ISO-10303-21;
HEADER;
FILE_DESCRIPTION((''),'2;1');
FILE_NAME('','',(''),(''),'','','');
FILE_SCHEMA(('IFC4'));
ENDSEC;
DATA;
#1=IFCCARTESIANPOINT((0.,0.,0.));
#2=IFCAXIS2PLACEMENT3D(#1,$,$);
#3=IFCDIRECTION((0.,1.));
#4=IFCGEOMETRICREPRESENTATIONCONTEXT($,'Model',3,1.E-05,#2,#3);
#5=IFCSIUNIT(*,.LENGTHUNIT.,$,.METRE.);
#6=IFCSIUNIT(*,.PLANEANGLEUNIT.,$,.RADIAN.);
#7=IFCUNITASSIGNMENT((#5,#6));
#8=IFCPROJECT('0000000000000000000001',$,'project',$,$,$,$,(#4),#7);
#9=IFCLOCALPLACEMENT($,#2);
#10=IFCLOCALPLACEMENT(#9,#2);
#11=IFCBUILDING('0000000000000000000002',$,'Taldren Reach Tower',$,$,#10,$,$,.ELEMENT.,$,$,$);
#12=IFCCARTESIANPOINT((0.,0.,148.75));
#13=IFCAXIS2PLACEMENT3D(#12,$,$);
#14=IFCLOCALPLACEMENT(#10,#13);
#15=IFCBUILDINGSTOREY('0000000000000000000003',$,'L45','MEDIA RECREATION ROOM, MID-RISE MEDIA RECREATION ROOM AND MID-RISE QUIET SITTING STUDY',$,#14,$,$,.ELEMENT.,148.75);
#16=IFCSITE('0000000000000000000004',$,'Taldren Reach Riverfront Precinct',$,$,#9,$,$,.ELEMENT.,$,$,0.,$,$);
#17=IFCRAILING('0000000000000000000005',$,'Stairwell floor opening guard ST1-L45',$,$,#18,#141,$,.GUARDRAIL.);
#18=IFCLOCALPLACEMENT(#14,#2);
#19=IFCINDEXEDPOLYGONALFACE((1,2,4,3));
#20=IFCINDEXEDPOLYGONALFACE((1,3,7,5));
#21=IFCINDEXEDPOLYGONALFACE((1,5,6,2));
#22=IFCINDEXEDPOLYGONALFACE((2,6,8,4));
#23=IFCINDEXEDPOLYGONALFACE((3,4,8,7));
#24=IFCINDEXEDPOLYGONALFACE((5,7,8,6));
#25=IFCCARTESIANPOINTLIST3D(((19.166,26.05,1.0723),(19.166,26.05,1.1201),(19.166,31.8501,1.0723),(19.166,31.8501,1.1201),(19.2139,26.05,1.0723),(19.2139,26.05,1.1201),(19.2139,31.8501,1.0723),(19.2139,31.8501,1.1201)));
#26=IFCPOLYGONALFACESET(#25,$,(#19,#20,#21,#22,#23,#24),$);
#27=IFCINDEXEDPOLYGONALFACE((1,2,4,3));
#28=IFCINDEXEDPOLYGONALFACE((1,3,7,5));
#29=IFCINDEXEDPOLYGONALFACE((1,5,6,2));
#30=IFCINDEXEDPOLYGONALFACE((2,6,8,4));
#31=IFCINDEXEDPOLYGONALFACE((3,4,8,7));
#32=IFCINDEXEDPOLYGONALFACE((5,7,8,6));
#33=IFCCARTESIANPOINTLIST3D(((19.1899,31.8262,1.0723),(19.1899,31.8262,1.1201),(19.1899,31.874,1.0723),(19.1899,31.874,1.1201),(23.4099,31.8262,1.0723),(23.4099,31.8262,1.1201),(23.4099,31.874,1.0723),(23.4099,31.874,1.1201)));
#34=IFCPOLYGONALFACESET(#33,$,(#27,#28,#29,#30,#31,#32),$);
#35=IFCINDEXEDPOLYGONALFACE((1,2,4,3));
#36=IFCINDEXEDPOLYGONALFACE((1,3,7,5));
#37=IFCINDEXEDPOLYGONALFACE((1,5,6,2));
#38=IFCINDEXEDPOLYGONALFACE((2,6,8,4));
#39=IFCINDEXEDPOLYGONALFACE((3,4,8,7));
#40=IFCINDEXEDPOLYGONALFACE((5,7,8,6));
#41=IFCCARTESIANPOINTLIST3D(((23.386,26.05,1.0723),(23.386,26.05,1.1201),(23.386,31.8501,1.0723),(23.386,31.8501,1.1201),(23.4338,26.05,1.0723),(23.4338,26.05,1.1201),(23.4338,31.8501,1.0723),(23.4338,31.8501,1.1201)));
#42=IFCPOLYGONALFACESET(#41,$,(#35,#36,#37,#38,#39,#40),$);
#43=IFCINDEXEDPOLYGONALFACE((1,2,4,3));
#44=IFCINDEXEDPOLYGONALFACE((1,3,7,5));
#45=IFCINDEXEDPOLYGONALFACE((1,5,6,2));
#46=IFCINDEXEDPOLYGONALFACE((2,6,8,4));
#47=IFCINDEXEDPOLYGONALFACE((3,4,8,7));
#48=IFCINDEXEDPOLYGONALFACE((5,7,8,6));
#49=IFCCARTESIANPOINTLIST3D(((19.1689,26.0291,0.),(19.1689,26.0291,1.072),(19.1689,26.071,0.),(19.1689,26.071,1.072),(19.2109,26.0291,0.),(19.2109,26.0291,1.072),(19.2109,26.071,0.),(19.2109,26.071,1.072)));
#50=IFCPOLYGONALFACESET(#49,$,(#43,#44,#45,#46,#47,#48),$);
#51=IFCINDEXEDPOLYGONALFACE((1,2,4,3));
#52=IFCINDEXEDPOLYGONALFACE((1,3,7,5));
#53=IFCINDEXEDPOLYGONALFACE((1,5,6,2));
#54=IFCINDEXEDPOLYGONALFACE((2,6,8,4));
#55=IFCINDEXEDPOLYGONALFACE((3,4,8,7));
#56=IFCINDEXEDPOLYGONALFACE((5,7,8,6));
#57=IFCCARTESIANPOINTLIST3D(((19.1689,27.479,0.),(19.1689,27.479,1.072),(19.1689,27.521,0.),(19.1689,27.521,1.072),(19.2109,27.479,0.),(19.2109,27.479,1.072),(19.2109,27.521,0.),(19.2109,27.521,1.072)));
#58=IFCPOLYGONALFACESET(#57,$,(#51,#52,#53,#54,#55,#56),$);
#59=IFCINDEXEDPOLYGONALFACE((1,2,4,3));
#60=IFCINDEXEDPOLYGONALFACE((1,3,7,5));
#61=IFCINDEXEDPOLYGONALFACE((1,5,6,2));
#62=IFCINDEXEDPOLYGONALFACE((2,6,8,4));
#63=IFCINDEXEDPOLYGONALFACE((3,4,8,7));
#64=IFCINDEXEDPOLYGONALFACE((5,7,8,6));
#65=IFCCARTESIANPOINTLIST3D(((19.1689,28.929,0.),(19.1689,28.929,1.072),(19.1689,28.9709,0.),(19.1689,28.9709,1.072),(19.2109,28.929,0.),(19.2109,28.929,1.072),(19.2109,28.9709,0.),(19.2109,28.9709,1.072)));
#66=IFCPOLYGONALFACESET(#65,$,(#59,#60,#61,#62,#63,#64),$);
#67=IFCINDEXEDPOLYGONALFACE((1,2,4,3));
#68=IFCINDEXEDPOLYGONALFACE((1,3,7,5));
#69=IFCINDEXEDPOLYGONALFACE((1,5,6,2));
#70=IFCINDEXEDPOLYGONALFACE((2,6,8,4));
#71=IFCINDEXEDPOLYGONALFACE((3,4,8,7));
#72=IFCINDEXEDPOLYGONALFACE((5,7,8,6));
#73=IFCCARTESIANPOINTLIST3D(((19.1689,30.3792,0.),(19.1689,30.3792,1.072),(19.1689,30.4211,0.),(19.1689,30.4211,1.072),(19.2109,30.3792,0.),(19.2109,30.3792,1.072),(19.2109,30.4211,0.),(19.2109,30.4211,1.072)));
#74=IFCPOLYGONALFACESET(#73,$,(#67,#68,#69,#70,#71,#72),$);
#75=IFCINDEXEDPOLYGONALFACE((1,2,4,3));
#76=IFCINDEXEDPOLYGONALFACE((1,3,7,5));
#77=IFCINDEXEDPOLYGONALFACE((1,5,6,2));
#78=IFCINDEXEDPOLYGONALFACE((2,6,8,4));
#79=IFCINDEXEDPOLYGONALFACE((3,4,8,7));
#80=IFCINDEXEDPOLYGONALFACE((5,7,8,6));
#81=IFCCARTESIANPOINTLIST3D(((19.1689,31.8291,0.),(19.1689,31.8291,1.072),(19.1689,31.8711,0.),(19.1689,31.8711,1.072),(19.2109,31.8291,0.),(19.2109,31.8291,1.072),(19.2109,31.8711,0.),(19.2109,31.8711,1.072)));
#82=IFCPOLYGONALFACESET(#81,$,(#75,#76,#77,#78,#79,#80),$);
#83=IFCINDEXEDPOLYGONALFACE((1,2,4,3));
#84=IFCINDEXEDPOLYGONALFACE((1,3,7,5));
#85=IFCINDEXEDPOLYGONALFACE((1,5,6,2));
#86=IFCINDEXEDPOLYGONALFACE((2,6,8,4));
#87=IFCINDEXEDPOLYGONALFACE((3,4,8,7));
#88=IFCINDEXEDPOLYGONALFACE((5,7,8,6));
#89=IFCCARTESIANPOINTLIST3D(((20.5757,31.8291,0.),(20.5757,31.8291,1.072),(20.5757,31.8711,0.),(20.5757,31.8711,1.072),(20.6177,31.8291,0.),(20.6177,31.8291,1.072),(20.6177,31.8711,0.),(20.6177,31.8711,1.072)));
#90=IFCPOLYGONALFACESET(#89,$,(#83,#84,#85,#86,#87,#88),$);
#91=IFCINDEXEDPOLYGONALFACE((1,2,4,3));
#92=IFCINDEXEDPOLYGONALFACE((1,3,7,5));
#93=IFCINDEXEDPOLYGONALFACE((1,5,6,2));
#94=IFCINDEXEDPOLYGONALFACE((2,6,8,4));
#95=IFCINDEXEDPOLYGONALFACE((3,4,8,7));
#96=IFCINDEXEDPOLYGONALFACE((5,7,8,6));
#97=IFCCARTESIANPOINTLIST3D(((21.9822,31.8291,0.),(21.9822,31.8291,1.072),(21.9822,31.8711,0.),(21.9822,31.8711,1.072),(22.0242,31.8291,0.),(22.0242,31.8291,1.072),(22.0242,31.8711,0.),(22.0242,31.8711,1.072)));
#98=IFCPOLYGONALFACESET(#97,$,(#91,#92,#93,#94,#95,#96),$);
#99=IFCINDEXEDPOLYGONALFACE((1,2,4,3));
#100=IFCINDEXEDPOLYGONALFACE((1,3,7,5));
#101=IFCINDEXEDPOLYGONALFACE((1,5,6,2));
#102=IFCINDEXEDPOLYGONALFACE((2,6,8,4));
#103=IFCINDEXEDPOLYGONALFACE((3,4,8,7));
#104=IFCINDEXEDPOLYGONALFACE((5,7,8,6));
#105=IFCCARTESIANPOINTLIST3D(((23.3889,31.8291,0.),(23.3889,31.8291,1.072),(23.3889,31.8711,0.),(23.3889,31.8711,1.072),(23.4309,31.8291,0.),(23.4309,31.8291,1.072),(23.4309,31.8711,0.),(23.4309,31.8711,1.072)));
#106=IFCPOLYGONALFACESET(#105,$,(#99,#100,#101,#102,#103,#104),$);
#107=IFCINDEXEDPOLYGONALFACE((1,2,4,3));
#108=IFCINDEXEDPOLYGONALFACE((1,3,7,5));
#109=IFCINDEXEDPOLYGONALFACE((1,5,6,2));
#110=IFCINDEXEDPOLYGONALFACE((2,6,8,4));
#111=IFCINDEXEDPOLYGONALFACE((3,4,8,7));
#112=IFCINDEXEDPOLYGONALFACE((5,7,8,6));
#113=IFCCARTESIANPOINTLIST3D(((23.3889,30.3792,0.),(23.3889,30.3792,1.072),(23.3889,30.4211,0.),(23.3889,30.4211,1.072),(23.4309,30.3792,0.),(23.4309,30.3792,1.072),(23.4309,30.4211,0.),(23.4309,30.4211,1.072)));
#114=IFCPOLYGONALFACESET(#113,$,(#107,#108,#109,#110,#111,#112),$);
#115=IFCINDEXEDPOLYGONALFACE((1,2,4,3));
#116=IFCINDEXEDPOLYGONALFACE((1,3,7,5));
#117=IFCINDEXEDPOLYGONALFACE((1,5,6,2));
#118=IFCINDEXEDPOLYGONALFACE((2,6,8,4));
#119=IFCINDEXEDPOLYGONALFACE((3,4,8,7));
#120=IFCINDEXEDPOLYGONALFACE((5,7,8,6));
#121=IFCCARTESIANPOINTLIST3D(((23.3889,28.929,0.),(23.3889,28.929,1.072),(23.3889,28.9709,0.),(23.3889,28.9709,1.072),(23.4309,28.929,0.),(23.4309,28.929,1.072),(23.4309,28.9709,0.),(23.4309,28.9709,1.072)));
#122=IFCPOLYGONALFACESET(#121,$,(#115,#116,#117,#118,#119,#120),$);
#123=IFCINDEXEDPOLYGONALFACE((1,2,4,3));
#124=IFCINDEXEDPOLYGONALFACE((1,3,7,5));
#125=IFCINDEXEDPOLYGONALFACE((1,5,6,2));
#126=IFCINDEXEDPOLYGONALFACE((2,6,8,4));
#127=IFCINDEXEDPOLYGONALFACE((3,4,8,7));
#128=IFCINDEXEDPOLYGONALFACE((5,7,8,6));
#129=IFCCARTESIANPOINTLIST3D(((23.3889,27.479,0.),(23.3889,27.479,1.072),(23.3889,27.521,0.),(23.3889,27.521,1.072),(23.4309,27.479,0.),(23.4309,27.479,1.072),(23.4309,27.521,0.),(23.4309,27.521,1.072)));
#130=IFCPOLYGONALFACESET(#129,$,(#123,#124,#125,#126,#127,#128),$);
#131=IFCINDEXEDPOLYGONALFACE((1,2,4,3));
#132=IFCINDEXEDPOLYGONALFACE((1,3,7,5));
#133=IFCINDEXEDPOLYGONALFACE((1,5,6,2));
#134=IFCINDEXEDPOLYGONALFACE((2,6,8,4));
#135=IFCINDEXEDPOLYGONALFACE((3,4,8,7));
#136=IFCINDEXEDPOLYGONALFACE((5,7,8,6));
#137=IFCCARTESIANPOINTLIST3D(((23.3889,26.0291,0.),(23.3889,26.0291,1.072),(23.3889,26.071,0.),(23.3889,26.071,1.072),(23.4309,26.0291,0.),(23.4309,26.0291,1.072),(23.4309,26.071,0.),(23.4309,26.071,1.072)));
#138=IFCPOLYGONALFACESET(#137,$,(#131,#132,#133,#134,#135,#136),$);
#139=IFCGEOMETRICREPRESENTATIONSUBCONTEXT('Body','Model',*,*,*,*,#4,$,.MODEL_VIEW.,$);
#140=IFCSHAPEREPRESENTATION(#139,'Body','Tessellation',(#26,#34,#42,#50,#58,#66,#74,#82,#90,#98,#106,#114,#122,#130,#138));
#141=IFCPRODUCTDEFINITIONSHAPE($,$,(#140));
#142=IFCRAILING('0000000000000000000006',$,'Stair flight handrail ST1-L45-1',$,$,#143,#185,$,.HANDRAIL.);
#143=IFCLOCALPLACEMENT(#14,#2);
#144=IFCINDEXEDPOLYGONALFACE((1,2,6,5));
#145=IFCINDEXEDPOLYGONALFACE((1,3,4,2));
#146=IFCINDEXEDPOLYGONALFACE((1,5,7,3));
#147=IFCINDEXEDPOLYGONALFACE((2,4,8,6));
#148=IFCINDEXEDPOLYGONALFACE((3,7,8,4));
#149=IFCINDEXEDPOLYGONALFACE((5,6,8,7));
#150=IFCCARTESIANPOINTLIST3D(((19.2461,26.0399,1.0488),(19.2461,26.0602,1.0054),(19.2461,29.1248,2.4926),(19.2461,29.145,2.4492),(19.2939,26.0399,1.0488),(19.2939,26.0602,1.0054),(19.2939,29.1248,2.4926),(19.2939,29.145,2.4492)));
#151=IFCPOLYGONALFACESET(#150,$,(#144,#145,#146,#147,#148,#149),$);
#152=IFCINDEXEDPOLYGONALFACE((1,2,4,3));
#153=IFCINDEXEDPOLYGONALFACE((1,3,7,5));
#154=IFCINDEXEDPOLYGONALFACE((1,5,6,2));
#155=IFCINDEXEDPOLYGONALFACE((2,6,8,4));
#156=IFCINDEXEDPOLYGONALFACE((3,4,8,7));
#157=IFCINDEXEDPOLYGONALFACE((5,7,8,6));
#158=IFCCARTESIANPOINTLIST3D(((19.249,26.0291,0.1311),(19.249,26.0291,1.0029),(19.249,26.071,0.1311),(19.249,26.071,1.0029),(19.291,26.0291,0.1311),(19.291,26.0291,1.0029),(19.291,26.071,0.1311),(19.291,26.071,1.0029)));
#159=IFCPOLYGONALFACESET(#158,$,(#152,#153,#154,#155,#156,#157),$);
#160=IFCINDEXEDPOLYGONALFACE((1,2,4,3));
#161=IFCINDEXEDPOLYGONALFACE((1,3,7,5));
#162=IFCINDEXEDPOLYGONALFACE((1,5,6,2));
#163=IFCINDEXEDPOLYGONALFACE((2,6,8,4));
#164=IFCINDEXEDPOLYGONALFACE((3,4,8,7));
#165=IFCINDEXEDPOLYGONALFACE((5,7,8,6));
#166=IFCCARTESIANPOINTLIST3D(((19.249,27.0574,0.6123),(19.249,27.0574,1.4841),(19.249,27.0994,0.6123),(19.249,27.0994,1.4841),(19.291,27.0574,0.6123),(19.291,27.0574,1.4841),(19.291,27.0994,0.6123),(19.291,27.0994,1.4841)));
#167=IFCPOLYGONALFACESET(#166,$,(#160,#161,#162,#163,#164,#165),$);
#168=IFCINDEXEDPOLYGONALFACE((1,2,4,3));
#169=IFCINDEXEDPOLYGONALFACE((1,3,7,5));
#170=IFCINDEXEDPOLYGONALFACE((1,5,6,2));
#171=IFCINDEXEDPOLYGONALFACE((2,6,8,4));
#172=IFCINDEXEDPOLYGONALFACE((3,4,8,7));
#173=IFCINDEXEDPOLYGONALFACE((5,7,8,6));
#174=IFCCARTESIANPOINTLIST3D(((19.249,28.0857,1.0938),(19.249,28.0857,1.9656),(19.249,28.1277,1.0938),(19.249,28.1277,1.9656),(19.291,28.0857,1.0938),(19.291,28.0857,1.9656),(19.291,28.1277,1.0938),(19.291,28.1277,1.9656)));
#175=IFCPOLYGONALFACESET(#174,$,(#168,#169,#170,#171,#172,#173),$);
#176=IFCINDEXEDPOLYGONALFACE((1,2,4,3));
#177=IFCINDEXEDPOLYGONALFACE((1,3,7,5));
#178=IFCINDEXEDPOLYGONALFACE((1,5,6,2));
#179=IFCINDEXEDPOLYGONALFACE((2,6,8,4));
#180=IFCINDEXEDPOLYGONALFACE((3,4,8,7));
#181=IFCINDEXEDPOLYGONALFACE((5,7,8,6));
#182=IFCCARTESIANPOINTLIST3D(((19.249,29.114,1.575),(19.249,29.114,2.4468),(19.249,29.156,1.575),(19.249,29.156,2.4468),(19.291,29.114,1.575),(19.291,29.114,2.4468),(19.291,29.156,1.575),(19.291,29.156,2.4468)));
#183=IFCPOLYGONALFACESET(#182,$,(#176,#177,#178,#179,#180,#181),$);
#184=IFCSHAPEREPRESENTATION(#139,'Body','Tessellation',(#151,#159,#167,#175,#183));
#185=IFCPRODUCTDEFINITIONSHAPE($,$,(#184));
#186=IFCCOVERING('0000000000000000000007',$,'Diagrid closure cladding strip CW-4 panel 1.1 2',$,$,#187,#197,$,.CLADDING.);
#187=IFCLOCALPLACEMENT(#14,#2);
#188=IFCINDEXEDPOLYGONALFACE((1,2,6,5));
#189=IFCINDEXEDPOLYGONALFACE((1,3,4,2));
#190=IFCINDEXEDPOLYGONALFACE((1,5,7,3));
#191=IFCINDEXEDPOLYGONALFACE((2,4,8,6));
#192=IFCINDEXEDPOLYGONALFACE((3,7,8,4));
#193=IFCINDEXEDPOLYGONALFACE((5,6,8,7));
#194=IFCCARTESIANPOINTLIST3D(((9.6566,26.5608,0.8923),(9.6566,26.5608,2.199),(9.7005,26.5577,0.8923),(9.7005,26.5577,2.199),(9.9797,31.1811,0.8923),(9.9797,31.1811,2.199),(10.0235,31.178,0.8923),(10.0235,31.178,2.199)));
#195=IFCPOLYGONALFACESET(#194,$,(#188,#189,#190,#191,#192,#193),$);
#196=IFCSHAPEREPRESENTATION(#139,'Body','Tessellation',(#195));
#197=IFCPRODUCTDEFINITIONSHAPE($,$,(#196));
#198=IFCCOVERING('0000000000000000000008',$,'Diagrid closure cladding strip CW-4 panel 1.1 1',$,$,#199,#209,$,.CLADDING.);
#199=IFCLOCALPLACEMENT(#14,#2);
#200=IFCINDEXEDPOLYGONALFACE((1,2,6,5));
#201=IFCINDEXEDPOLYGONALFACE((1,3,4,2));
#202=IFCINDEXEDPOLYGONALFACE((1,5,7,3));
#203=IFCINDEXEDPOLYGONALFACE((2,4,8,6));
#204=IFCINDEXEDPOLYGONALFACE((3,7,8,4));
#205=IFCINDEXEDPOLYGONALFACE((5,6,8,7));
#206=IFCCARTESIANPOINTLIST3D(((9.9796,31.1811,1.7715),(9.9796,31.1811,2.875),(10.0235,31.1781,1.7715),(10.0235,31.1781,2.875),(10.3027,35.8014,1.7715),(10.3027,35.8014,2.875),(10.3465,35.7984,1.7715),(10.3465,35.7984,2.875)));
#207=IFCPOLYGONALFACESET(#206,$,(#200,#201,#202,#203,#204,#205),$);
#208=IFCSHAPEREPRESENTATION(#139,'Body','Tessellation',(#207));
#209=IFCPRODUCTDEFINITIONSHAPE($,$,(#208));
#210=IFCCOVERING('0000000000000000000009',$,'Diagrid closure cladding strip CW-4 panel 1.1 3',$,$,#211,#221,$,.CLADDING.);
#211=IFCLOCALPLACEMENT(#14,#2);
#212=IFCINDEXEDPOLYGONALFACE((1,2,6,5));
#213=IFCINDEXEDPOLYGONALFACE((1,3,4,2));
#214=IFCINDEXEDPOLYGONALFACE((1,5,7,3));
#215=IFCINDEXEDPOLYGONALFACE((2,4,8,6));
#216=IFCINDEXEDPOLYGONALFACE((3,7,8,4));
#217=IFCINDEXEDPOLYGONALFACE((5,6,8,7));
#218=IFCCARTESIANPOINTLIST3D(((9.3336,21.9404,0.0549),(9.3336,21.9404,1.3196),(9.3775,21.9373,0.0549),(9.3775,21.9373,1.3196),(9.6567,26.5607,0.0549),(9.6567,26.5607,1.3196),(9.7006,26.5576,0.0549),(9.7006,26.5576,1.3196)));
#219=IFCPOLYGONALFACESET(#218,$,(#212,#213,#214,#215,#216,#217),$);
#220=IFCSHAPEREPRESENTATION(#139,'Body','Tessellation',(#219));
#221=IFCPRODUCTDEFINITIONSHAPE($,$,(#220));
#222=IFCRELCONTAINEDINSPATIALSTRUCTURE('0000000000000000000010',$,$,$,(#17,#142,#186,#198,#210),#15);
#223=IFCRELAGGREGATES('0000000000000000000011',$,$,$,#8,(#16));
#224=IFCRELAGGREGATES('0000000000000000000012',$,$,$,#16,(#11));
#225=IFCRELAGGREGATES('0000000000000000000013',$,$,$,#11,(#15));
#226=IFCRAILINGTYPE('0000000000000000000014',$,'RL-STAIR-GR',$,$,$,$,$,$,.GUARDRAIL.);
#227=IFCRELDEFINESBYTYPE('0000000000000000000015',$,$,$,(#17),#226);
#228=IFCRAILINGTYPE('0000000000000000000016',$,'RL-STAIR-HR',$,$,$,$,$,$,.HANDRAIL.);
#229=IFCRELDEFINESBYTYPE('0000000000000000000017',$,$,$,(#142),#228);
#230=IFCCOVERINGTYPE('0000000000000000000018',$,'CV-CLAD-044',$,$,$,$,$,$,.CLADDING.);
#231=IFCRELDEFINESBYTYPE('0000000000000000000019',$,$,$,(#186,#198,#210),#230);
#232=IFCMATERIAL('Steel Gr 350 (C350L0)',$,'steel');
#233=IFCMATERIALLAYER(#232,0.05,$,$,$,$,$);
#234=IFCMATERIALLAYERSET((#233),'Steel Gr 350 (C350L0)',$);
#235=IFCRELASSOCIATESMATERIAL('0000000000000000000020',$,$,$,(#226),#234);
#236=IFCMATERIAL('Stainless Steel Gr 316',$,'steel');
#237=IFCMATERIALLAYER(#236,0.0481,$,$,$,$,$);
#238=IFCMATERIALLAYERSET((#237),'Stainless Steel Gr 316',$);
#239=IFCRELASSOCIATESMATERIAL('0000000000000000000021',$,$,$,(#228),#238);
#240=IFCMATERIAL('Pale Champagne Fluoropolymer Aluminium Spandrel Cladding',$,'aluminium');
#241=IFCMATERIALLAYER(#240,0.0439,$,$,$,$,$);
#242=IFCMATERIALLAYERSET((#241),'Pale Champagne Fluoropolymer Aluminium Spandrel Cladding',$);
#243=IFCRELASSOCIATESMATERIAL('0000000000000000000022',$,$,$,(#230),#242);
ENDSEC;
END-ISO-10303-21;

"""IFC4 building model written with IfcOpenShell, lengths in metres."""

from ifc_helpers import new_model, si_unit, direction, frame, origin, origin_2d, place, context, subcontext, project, spatial, rectangle, extrude, source, transform, mapped, material, layer, layer_set, type_object, element, save


model = new_model("IFC4")

# Units and contexts
model_context = context("Model", 3, precision=1e-05, world=origin(), true_north=direction((0.0, 1.0)))
body_context = subcontext(model_context, "Body", "Model", "MODEL_VIEW")
ifc_project = project(units=[si_unit("LENGTHUNIT", "METRE"), si_unit("PLANEANGLEUNIT", "RADIAN")], contexts=[model_context])

# Site, building, storey
site_placement = place(None, origin())
site = spatial("IfcSite", under=ifc_project, at=site_placement, Name="Taldren Reach Riverfront Precinct", CompositionType="ELEMENT", RefElevation=0.0)
building_placement = place(site_placement, origin())
building = spatial("IfcBuilding", under=site, at=building_placement, Name="Taldren Reach Tower", CompositionType="ELEMENT")
storey_placement = place(building_placement, frame((0.0, 0.0, 148.75)))
storey = spatial("IfcBuildingStorey", under=building, at=storey_placement, Name="L45", Description="MEDIA RECREATION ROOM, MID-RISE MEDIA RECREATION ROOM AND MID-RISE QUIET SITTING STUDY", CompositionType="ELEMENT", Elevation=148.75)

# Shared definitions
ifc_material_1 = material(Name="Steel Gr 350 (C350L0)", Category="steel")

# Railings
ifc_layer_1 = layer(ifc_material_1, 0.05)
ifc_layer_set_1 = layer_set([ifc_layer_1], Name="Steel Gr 350 (C350L0)")
railing_type_1 = type_object("IfcRailingType", Name="RL-STAIR-GR", PredefinedType="GUARDRAIL", material=ifc_layer_set_1)
railing_1_placement = place(storey_placement, frame((19.1899, 26.05, 0.0)))
element("IfcRailing", 1, at=railing_1_placement, inside=storey, type_object=railing_type_1, Name="Stairwell floor opening guard ST1-L45", PredefinedType="GUARDRAIL", context=body_context, shape_type="SweptSolid", body=[
    extrude(rectangle(XDim=0.0479, YDim=0.0479, at=origin_2d()), frame((0.0, 0.0, 1.0962), z_axis=(0.0, 1.0, 0.0), x_axis=(-1.0, 0.0, 0.0)), (0.0, 0.0, 1.0), 5.8),
    extrude(rectangle(XDim=0.0479, YDim=0.0479, at=origin_2d()), frame((0.0, 5.8, 1.0962), z_axis=(1.0, 0.0, 0.0), x_axis=(0.0, 1.0, 0.0)), (0.0, 0.0, 1.0), 4.22),
    extrude(rectangle(XDim=0.0479, YDim=0.0479, at=origin_2d()), frame((4.22, 5.8, 1.0962), z_axis=(0.0, -1.0, 0.0), x_axis=(1.0, 0.0, 0.0)), (0.0, 0.0, 1.0), 5.8),
    extrude(rectangle(XDim=0.042, YDim=0.042, at=origin_2d()), origin(), (0.0, 0.0, 1.0), 1.072),
    extrude(rectangle(XDim=0.042, YDim=0.042, at=origin_2d()), frame((0.0, 1.45, 0.0)), (0.0, 0.0, 1.0), 1.072),
    extrude(rectangle(XDim=0.042, YDim=0.042, at=origin_2d()), frame((0.0, 2.8999, 0.0)), (0.0, 0.0, 1.0), 1.072),
    extrude(rectangle(XDim=0.042, YDim=0.042, at=origin_2d()), frame((0.0, 4.3501, 0.0)), (0.0, 0.0, 1.0), 1.072),
    extrude(rectangle(XDim=0.042, YDim=0.042, at=origin_2d()), frame((0.0, 5.8, 0.0)), (0.0, 0.0, 1.0), 1.072),
    extrude(rectangle(XDim=0.042, YDim=0.042, at=origin_2d()), frame((1.4067, 5.8, 0.0)), (0.0, 0.0, 1.0), 1.072),
    extrude(rectangle(XDim=0.042, YDim=0.042, at=origin_2d()), frame((2.8132, 5.8, 0.0)), (0.0, 0.0, 1.0), 1.072),
    extrude(rectangle(XDim=0.042, YDim=0.042, at=origin_2d()), frame((4.22, 5.8, 0.0)), (0.0, 0.0, 1.0), 1.072),
    extrude(rectangle(XDim=0.042, YDim=0.042, at=origin_2d()), frame((4.22, 4.3501, 0.0)), (0.0, 0.0, 1.0), 1.072),
    extrude(rectangle(XDim=0.042, YDim=0.042, at=origin_2d()), frame((4.22, 2.8999, 0.0)), (0.0, 0.0, 1.0), 1.072),
    extrude(rectangle(XDim=0.042, YDim=0.042, at=origin_2d()), frame((4.22, 1.45, 0.0)), (0.0, 0.0, 1.0), 1.072),
    extrude(rectangle(XDim=0.042, YDim=0.042, at=origin_2d()), frame((4.22, 0.0, 0.0)), (0.0, 0.0, 1.0), 1.072),
])
ifc_material_2 = material(Name="Stainless Steel Gr 316", Category="steel")
ifc_layer_2 = layer(ifc_material_2, 0.0481)
ifc_layer_set_2 = layer_set([ifc_layer_2], Name="Stainless Steel Gr 316")
railing_type_2 = type_object("IfcRailingType", Name="RL-STAIR-HR", PredefinedType="HANDRAIL", material=ifc_layer_set_2)
railing_2_placement = place(storey_placement, frame((19.27, 26.05, 0.1311)))
element("IfcRailing", 2, at=railing_2_placement, inside=storey, type_object=railing_type_2, Name="Stair flight handrail ST1-L45-1", PredefinedType="HANDRAIL", context=body_context, shape_type="SweptSolid", body=[
    extrude(rectangle(XDim=0.0479, YDim=0.0479, at=origin_2d()), frame((0.0, 0.0, 0.896), z_axis=(0.0, 0.90571, 0.423898), x_axis=(-1.0, 0.0, 0.0)), (0.0, 0.0, 1.0), 3.406),
    extrude(rectangle(XDim=0.042, YDim=0.042, at=origin_2d()), origin(), (0.0, 0.0, 1.0), 0.8718),
    extrude(rectangle(XDim=0.042, YDim=0.042, at=origin_2d()), frame((0.0, 1.0283, 0.4812)), (0.0, 0.0, 1.0), 0.8718),
    extrude(rectangle(XDim=0.042, YDim=0.042, at=origin_2d()), frame((0.0, 2.0566, 0.9626)), (0.0, 0.0, 1.0), 0.8718),
    extrude(rectangle(XDim=0.042, YDim=0.042, at=origin_2d()), frame((0.0, 3.085, 1.4438)), (0.0, 0.0, 1.0), 0.8718),
])

# Coverings
ifc_material_3 = material(Name="Pale Champagne Fluoropolymer Aluminium Spandrel Cladding", Category="aluminium")
ifc_layer_3 = layer(ifc_material_3, 0.0439)
ifc_layer_set_3 = layer_set([ifc_layer_3], Name="Pale Champagne Fluoropolymer Aluminium Spandrel Cladding")
covering_type = type_object("IfcCoveringType", Name="CV-CLAD-044", PredefinedType="CLADDING", material=ifc_layer_set_3)
shared_shape_1 = source(origin(), body_context, "Body", "SweptSolid", [
    extrude(rectangle(XDim=4.6316, YDim=0.0439, at=origin_2d()), origin(), (0.0, 0.0, 1.0), 1.3066),
])
covering_1_placement = place(storey_placement, frame((9.8401, 28.8694, 0.8923), z_axis=(0.0, 0.0, 1.0), x_axis=(-0.069756, -0.997564, 0.0)))
element("IfcCovering", 3, at=covering_1_placement, inside=storey, type_object=covering_type, Name="Diagrid closure cladding strip CW-4 panel 1.1 2", PredefinedType="CLADDING", context=body_context, shape_type="MappedRepresentation", body=[
    mapped(shared_shape_1, transform((0.0, 0.0, 0.0), scale=1.0)),
])
shared_shape_2 = source(origin(), body_context, "Body", "SweptSolid", [
    extrude(rectangle(XDim=4.6316, YDim=0.0439, at=origin_2d()), origin(), (0.0, 0.0, 1.0), 1.1035),
])
covering_2_placement = place(storey_placement, frame((10.1631, 33.4897, 1.7715), z_axis=(0.0, 0.0, 1.0), x_axis=(-0.069756, -0.997564, 0.0)))
element("IfcCovering", 4, at=covering_2_placement, inside=storey, type_object=covering_type, Name="Diagrid closure cladding strip CW-4 panel 1.1 1", PredefinedType="CLADDING", context=body_context, shape_type="MappedRepresentation", body=[
    mapped(shared_shape_2, transform((0.0, 0.0, 0.0), scale=1.0)),
])
shared_shape_3 = source(origin(), body_context, "Body", "SweptSolid", [
    extrude(rectangle(XDim=4.6316, YDim=0.0439, at=origin_2d()), origin(), (0.0, 0.0, 1.0), 1.2646),
])
covering_3_placement = place(storey_placement, frame((9.5171, 24.249, 0.0549), z_axis=(0.0, 0.0, 1.0), x_axis=(-0.069756, -0.997564, 0.0)))
element("IfcCovering", 5, at=covering_3_placement, inside=storey, type_object=covering_type, Name="Diagrid closure cladding strip CW-4 panel 1.1 3", PredefinedType="CLADDING", context=body_context, shape_type="MappedRepresentation", body=[
    mapped(shared_shape_3, transform((0.0, 0.0, 0.0), scale=1.0)),
])

save(model, "model.ifc")
